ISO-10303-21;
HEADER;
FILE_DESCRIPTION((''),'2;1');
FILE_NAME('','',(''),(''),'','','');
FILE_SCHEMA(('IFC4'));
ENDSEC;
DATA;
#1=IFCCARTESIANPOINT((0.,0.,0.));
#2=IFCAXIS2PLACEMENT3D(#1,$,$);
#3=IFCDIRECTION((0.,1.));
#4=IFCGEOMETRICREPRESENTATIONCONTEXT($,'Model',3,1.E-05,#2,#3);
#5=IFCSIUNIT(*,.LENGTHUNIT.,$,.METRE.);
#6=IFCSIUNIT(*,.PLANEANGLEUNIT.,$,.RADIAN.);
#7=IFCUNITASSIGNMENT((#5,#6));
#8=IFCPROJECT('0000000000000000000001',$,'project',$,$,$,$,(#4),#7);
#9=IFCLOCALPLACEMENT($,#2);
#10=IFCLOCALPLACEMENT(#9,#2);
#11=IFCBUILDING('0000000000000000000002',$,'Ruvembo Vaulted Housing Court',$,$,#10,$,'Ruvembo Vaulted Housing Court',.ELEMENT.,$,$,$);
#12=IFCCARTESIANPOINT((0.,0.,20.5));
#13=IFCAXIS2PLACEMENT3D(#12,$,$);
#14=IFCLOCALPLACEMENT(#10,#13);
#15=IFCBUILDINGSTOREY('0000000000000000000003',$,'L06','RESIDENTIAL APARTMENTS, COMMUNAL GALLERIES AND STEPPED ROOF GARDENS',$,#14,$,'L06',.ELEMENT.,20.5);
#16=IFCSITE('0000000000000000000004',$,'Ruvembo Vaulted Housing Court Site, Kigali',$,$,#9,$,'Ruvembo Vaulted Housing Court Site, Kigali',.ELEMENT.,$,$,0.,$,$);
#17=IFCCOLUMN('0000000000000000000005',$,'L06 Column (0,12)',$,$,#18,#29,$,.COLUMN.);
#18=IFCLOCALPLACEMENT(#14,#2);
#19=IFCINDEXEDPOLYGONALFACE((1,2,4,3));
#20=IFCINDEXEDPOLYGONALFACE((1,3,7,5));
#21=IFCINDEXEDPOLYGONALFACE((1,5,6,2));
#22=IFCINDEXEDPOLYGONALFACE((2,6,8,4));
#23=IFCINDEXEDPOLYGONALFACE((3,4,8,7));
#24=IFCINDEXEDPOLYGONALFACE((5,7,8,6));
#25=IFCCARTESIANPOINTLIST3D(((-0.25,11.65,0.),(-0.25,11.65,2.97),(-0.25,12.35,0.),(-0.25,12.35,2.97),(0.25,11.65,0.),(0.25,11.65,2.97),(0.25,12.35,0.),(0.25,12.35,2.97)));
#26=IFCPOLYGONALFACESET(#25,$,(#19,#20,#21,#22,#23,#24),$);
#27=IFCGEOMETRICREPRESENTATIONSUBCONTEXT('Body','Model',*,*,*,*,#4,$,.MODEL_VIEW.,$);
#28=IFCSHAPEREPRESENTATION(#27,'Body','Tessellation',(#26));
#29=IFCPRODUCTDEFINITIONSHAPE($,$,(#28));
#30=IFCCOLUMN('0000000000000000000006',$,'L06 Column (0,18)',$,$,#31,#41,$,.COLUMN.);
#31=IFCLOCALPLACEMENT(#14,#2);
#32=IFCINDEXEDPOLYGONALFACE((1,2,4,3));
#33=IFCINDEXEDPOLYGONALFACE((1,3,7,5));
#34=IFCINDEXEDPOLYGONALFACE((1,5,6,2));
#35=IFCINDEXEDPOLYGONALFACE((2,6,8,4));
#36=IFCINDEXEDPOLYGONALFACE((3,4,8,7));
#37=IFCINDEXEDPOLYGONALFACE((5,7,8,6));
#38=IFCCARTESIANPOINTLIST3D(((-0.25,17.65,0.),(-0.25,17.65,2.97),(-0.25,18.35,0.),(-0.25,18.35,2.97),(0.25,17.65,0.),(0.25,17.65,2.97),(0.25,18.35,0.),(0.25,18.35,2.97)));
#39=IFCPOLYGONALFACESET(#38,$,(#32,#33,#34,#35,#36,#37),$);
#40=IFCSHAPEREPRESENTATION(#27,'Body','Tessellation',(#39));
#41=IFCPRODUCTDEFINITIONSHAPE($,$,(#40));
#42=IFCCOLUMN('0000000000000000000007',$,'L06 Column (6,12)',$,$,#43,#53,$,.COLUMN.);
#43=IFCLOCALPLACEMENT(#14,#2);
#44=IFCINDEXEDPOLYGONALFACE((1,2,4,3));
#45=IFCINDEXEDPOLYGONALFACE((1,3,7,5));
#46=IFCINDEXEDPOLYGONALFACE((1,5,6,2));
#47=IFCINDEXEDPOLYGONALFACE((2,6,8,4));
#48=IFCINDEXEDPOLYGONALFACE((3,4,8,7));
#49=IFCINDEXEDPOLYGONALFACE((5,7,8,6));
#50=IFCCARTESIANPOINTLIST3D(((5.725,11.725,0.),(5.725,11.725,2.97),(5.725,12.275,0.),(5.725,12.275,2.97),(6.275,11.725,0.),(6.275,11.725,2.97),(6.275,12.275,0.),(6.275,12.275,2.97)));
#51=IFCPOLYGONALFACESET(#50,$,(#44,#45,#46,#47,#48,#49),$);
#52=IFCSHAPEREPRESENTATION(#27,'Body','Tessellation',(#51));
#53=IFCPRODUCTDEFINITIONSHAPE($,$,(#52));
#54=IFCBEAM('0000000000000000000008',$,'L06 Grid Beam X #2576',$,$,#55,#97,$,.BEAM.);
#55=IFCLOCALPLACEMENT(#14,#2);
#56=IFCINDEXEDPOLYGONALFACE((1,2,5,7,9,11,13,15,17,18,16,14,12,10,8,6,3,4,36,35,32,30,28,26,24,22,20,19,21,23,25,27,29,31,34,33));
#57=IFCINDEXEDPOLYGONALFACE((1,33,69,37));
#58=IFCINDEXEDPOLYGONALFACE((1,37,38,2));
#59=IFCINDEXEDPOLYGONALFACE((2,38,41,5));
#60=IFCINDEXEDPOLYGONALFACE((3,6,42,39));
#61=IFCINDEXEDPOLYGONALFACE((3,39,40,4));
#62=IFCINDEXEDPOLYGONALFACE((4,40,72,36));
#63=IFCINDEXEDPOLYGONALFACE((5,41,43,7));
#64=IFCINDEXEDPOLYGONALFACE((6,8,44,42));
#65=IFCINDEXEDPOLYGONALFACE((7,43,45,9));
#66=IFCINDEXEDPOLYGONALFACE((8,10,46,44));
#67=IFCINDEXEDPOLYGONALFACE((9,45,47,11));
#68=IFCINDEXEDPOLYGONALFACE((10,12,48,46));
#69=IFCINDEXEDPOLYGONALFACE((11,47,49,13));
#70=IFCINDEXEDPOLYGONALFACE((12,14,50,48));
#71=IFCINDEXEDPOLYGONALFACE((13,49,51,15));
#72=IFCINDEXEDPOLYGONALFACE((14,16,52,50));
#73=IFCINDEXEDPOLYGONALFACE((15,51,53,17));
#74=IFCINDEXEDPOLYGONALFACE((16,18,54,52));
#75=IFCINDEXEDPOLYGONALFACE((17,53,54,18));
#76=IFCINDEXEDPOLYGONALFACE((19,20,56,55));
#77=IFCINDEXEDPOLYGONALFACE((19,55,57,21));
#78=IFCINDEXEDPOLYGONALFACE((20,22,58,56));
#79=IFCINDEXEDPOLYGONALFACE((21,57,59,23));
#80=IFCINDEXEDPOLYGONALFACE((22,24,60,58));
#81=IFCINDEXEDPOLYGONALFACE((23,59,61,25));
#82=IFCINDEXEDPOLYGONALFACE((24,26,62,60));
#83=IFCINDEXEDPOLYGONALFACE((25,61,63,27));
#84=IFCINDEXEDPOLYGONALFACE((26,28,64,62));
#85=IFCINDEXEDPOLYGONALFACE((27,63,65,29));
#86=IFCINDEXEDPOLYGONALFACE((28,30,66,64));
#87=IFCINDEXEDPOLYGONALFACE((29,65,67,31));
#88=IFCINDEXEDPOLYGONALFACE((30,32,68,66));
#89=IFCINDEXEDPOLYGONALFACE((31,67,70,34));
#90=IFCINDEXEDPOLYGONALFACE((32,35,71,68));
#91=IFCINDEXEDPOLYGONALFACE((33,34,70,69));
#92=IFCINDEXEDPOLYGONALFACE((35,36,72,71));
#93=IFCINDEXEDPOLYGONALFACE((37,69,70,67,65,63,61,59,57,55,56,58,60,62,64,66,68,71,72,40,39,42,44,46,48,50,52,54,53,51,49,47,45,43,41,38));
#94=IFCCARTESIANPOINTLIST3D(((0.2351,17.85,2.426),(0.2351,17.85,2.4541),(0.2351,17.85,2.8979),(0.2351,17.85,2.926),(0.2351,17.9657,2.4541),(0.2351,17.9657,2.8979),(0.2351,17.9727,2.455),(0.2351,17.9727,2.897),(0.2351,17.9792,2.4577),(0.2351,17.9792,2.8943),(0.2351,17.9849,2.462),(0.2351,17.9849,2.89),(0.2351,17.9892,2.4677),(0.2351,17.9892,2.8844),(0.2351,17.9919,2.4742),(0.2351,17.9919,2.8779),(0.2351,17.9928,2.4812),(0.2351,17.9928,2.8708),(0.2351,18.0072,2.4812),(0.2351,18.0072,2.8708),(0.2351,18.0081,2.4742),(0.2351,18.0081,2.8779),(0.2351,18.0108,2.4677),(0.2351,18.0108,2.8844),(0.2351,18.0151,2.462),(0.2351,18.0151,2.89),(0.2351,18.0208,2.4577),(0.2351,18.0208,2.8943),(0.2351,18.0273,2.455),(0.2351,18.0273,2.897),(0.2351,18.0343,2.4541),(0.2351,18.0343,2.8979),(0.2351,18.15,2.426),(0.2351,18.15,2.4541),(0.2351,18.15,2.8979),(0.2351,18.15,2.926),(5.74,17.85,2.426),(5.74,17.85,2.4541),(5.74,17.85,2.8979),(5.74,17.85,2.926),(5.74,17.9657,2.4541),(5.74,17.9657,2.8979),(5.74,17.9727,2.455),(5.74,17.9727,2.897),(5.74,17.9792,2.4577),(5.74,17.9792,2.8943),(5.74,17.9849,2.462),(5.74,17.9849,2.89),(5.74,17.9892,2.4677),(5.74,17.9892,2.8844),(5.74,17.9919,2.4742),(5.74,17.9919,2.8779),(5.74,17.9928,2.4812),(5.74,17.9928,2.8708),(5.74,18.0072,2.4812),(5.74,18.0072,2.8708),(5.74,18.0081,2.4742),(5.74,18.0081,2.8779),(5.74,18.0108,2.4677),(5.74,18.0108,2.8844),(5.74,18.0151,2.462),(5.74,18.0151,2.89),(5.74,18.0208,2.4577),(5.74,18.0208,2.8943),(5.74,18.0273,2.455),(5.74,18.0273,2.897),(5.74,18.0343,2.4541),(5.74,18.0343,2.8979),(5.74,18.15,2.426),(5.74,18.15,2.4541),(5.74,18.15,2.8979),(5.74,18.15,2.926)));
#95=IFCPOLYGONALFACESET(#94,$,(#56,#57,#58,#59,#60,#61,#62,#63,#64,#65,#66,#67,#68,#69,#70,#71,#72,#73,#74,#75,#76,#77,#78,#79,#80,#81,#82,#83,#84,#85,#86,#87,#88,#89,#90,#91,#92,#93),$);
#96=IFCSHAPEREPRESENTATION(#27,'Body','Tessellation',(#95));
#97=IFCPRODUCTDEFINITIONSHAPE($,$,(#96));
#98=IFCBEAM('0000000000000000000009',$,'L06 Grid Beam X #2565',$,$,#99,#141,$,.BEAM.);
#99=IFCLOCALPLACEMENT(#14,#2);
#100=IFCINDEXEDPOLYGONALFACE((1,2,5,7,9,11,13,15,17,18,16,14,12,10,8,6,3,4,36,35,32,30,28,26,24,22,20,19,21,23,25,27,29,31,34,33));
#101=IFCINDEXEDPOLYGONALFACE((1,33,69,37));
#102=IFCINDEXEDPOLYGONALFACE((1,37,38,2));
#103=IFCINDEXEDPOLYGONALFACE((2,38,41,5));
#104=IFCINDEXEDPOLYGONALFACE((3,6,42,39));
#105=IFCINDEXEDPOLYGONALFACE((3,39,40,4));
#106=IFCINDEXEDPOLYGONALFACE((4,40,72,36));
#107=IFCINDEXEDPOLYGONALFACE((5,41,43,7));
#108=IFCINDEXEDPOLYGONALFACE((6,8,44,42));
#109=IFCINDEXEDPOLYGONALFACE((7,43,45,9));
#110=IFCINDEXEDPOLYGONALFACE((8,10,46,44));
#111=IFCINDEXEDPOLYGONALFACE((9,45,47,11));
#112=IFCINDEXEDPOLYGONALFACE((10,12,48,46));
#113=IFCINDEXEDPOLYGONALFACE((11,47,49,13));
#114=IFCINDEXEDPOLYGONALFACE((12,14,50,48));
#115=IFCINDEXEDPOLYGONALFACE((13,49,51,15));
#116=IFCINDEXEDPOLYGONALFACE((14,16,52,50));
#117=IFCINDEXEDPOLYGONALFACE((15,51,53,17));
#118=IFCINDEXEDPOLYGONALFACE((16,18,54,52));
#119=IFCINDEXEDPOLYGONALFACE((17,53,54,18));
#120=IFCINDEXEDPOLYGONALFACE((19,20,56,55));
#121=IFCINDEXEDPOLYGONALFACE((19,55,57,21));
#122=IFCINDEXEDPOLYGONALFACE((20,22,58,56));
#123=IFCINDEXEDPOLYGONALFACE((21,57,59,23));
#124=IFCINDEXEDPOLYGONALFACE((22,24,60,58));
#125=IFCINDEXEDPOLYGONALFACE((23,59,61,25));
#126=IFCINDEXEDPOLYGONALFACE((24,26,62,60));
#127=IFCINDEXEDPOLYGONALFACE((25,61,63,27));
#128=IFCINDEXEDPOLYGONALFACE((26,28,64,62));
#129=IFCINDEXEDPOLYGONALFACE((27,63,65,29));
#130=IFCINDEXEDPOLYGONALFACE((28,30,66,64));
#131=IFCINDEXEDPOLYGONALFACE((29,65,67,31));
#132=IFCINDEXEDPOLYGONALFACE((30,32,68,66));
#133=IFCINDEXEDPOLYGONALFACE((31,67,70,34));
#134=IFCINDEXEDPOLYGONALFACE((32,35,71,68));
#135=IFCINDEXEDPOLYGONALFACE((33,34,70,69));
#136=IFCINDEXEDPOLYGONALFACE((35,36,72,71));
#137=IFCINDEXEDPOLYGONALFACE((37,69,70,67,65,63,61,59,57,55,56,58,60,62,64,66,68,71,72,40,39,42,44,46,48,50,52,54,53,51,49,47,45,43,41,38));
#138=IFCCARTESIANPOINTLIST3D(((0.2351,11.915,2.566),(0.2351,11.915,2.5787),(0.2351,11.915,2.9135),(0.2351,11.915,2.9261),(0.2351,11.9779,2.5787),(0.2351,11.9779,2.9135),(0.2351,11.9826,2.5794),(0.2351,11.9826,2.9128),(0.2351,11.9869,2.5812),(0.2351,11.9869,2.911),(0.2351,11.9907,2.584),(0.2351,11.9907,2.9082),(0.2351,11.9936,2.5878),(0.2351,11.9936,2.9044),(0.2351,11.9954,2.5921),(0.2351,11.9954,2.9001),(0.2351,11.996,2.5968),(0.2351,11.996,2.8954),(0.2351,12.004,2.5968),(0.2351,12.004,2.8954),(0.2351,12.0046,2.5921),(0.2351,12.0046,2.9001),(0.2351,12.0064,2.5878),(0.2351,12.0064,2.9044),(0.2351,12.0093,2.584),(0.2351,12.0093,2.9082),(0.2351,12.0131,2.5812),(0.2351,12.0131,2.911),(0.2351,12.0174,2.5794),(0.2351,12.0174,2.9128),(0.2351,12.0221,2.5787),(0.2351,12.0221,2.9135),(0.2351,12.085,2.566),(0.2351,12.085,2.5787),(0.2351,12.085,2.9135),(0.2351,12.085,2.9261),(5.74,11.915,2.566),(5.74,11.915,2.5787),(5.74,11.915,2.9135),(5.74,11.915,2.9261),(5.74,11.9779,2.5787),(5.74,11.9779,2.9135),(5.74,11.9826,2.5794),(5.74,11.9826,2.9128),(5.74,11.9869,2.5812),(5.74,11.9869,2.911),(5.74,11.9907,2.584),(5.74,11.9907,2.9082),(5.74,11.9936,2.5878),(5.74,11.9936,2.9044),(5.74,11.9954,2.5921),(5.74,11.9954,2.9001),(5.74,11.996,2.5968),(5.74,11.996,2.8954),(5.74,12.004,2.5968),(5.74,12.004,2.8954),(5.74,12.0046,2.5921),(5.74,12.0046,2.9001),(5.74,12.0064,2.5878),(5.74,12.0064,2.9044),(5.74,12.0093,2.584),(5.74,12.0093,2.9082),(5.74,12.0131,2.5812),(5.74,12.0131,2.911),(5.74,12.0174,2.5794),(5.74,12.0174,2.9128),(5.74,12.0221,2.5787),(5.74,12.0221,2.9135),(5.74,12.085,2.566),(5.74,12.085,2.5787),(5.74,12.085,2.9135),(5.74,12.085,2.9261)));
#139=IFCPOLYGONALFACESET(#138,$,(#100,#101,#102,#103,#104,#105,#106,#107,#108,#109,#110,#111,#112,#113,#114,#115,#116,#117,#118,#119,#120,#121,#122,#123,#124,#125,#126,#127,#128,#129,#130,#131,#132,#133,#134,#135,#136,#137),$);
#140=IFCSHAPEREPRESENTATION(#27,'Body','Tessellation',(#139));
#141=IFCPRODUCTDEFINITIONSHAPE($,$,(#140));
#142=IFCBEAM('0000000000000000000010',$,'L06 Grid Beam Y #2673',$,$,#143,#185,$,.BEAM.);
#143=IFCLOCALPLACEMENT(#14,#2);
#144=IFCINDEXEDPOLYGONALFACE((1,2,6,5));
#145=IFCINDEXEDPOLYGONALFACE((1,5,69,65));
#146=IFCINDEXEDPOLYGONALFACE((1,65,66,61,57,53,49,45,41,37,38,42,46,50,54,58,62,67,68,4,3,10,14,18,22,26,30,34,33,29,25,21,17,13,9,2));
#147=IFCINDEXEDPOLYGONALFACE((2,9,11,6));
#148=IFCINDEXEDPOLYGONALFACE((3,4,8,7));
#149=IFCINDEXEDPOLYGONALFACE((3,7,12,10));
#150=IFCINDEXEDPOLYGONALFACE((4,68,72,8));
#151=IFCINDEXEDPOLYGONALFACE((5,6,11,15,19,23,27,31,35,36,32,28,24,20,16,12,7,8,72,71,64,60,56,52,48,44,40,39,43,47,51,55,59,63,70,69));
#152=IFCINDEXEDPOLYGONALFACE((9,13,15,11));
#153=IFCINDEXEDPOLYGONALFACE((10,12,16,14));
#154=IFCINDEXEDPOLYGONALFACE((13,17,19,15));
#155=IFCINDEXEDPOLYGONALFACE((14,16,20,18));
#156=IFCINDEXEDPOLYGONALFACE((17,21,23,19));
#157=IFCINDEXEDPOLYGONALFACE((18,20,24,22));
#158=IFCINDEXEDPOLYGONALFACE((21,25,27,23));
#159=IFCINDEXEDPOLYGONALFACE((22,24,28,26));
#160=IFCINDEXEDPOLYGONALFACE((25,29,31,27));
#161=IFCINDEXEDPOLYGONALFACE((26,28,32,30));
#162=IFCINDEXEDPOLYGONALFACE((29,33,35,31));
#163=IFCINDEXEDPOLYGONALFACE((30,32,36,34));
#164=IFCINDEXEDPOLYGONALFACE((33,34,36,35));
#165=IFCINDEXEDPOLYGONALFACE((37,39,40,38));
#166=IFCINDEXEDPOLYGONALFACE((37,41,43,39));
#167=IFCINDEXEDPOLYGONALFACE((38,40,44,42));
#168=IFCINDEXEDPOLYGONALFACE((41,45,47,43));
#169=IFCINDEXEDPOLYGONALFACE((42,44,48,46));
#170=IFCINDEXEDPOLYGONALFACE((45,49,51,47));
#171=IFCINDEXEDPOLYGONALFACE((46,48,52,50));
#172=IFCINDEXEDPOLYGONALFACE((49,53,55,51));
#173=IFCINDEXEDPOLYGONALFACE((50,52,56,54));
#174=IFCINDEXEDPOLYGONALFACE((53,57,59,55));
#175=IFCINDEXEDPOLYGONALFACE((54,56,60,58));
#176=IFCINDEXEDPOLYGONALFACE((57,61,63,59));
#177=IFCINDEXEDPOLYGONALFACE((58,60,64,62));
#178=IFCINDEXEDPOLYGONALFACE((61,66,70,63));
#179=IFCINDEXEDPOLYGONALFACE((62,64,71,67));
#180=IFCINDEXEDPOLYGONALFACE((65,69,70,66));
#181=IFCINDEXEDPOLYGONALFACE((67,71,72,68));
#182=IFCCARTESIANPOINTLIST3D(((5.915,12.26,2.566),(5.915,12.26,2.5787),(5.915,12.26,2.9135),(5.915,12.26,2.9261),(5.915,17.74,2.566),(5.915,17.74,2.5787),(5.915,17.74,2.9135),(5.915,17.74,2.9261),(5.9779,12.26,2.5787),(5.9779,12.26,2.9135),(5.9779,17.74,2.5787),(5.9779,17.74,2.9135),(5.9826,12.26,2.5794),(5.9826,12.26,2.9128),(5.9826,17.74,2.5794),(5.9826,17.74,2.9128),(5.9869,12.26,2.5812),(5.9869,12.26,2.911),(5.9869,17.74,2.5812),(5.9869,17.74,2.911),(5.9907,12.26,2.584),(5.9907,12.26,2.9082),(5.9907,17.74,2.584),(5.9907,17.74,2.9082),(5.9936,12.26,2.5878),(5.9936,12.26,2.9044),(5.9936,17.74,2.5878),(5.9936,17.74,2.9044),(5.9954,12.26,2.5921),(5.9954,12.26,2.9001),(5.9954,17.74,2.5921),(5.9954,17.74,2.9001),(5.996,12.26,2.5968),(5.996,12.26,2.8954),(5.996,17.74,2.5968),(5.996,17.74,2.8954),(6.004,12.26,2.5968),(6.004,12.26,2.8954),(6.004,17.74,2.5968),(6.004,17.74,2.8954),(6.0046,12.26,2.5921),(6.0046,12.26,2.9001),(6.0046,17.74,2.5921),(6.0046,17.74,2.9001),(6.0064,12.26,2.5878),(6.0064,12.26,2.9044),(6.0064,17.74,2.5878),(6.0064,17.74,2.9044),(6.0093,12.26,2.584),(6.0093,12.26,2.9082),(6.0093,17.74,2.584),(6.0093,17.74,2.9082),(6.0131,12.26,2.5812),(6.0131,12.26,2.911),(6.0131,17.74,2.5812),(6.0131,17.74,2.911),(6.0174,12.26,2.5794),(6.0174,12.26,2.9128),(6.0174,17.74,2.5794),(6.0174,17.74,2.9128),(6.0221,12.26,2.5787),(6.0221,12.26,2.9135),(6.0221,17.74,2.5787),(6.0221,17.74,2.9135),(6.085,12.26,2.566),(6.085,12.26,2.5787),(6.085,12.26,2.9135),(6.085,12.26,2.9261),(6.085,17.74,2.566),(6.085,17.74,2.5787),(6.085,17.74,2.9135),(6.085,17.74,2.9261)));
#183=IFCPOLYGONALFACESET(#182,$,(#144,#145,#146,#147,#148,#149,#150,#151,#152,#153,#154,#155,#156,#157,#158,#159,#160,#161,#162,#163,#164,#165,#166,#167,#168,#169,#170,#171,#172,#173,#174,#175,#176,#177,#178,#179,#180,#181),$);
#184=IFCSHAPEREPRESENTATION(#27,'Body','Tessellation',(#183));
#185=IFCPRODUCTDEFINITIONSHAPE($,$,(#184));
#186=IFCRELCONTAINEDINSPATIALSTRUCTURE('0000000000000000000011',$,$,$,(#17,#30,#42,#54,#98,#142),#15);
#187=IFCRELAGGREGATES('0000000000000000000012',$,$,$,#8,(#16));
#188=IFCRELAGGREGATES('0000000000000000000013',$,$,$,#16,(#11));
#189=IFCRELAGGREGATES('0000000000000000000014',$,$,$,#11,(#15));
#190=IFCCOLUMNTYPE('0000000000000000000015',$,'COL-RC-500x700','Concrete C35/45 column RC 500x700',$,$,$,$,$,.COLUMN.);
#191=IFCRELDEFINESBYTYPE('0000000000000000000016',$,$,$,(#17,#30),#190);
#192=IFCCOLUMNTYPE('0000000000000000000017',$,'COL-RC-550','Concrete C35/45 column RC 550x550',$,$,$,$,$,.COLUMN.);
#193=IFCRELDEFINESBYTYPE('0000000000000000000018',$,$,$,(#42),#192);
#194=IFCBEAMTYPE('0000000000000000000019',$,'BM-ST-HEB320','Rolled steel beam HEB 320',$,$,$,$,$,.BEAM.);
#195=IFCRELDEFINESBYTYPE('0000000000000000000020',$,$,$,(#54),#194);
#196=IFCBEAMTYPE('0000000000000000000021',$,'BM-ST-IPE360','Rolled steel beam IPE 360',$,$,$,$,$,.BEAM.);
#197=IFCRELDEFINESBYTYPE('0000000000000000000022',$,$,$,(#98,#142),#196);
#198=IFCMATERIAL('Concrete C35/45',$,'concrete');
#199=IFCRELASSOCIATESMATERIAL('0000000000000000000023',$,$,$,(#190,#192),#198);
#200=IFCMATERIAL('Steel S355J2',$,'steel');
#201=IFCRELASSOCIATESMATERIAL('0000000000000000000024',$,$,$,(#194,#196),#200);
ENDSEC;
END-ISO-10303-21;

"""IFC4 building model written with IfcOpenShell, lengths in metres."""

from ifc_helpers import new_model, si_unit, direction, frame, origin, origin_2d, place, context, subcontext, project, spatial, rectangle, i_section, extrude, material, material_profile, profile_set, type_object, element, save


model = new_model("IFC4")

# Units and contexts
model_context = context("Model", 3, precision=1e-05, world=origin(), true_north=direction((0.0, 1.0)))
body_context = subcontext(model_context, "Body", "Model", "MODEL_VIEW")
ifc_project = project(units=[si_unit("LENGTHUNIT", "METRE"), si_unit("PLANEANGLEUNIT", "RADIAN")], contexts=[model_context])

# Site, building, storey
site_placement = place(None, origin())
site = spatial("IfcSite", under=ifc_project, at=site_placement, Name="Ruvembo Vaulted Housing Court Site, Kigali", LongName="Ruvembo Vaulted Housing Court Site, Kigali", CompositionType="ELEMENT", RefElevation=0.0)
building_placement = place(site_placement, origin())
building = spatial("IfcBuilding", under=site, at=building_placement, Name="Ruvembo Vaulted Housing Court", LongName="Ruvembo Vaulted Housing Court", CompositionType="ELEMENT")
storey_placement = place(building_placement, frame((0.0, 0.0, 20.5)))
storey = spatial("IfcBuildingStorey", under=building, at=storey_placement, Name="L06", Description="RESIDENTIAL APARTMENTS, COMMUNAL GALLERIES AND STEPPED ROOF GARDENS", LongName="L06", CompositionType="ELEMENT", Elevation=20.5)

# Columns
ifc_material_1 = material(Name="Concrete C35/45", Category="concrete")
ifc_material_profile_1 = material_profile(ifc_material_1, rectangle(XDim=0.5, YDim=0.7, at=origin_2d()), Name="RC 500x700")
ifc_profile_set_1 = profile_set([ifc_material_profile_1], Name="Concrete C35/45")
column_type_1 = type_object("IfcColumnType", Name="COL-RC-500x700", Description="Concrete C35/45 column RC 500x700", PredefinedType="COLUMN", material=ifc_profile_set_1)
for number, where, z_axis, x_axis, name in (
    (1, (0.0, 12.0, 0.0), (0.0, 0.0, 1.0), (1.0, 0.0, 0.0), "L06 Column (0,12)"),
    (2, (0.0, 18.0, 0.0), (0.0, 0.0, 1.0), (1.0, 0.0, 0.0), "L06 Column (0,18)"),
):
    element("IfcColumn", number, at=place(storey_placement, frame(where, z_axis=z_axis, x_axis=x_axis)), inside=storey, type_object=column_type_1, Name=name, PredefinedType="COLUMN", context=body_context, shape_type="SweptSolid", body=[
        extrude(rectangle(XDim=0.5, YDim=0.7, at=origin_2d()), origin(), (0.0, 0.0, 1.0), 2.97),
    ])
ifc_material_profile_2 = material_profile(ifc_material_1, rectangle(XDim=0.55, YDim=0.55, at=origin_2d()), Name="RC 550x550")
ifc_profile_set_2 = profile_set([ifc_material_profile_2], Name="Concrete C35/45")
column_type_2 = type_object("IfcColumnType", Name="COL-RC-550", Description="Concrete C35/45 column RC 550x550", PredefinedType="COLUMN", material=ifc_profile_set_2)
column_placement = place(storey_placement, frame((6.0, 12.0, 0.0), z_axis=(0.0, 0.0, 1.0), x_axis=(1.0, 0.0, 0.0)))
element("IfcColumn", 3, at=column_placement, inside=storey, type_object=column_type_2, Name="L06 Column (6,12)", PredefinedType="COLUMN", context=body_context, shape_type="SweptSolid", body=[
    extrude(rectangle(XDim=0.55, YDim=0.55, at=origin_2d()), origin(), (0.0, 0.0, 1.0), 2.97),
])

# Beams
ifc_material_2 = material(Name="Steel S355J2", Category="steel")
ifc_material_profile_3 = material_profile(ifc_material_2, i_section(OverallWidth=0.3, OverallDepth=0.5, WebThickness=0.0144, FlangeThickness=0.0281, FilletRadius=0.0271, at=origin_2d()), Name="HEB 320")
ifc_profile_set_3 = profile_set([ifc_material_profile_3], Name="Steel S355J2")
beam_type_1 = type_object("IfcBeamType", Name="BM-ST-HEB320", Description="Rolled steel beam HEB 320", PredefinedType="BEAM", material=ifc_profile_set_3)
beam_1_placement = place(storey_placement, frame((0.2351, 18.0, 2.676), z_axis=(1.0, 0.0, 0.0), x_axis=(0.0, 1.0, 0.0)))
element("IfcBeam", 4, at=beam_1_placement, inside=storey, type_object=beam_type_1, Name="L06 Grid Beam X #2576", PredefinedType="BEAM", context=body_context, shape_type="SweptSolid", body=[
    extrude(i_section(OverallWidth=0.3, OverallDepth=0.5, WebThickness=0.0144, FlangeThickness=0.0281, FilletRadius=0.0271, at=origin_2d()), origin(), (0.0, 0.0, 1.0), 5.5049),
])
ifc_material_profile_4 = material_profile(ifc_material_2, i_section(OverallWidth=0.1699, OverallDepth=0.3601, WebThickness=0.0081, FlangeThickness=0.0127, FilletRadius=0.0181, at=origin_2d()), Name="IPE 360")
ifc_profile_set_4 = profile_set([ifc_material_profile_4], Name="Steel S355J2")
beam_type_2 = type_object("IfcBeamType", Name="BM-ST-IPE360", Description="Rolled steel beam IPE 360", PredefinedType="BEAM", material=ifc_profile_set_4)
beam_2_placement = place(storey_placement, frame((0.2351, 12.0, 2.7461), z_axis=(1.0, 0.0, 0.0), x_axis=(0.0, 1.0, 0.0)))
element("IfcBeam", 5, at=beam_2_placement, inside=storey, type_object=beam_type_2, Name="L06 Grid Beam X #2565", PredefinedType="BEAM", context=body_context, shape_type="SweptSolid", body=[
    extrude(i_section(OverallWidth=0.1699, OverallDepth=0.3601, WebThickness=0.0081, FlangeThickness=0.0127, FilletRadius=0.0181, at=origin_2d()), origin(), (0.0, 0.0, 1.0), 5.5049),
])
beam_3_placement = place(storey_placement, frame((6.0, 12.26, 2.7461), z_axis=(0.0, 1.0, 0.0), x_axis=(-1.0, 0.0, 0.0)))
element("IfcBeam", 6, at=beam_3_placement, inside=storey, type_object=beam_type_2, Name="L06 Grid Beam Y #2673", PredefinedType="BEAM", context=body_context, shape_type="SweptSolid", body=[
    extrude(i_section(OverallWidth=0.1699, OverallDepth=0.3601, WebThickness=0.0081, FlangeThickness=0.0127, FilletRadius=0.0181, at=origin_2d()), origin(), (0.0, 0.0, 1.0), 5.48),
])

save(model, "model.ifc")
